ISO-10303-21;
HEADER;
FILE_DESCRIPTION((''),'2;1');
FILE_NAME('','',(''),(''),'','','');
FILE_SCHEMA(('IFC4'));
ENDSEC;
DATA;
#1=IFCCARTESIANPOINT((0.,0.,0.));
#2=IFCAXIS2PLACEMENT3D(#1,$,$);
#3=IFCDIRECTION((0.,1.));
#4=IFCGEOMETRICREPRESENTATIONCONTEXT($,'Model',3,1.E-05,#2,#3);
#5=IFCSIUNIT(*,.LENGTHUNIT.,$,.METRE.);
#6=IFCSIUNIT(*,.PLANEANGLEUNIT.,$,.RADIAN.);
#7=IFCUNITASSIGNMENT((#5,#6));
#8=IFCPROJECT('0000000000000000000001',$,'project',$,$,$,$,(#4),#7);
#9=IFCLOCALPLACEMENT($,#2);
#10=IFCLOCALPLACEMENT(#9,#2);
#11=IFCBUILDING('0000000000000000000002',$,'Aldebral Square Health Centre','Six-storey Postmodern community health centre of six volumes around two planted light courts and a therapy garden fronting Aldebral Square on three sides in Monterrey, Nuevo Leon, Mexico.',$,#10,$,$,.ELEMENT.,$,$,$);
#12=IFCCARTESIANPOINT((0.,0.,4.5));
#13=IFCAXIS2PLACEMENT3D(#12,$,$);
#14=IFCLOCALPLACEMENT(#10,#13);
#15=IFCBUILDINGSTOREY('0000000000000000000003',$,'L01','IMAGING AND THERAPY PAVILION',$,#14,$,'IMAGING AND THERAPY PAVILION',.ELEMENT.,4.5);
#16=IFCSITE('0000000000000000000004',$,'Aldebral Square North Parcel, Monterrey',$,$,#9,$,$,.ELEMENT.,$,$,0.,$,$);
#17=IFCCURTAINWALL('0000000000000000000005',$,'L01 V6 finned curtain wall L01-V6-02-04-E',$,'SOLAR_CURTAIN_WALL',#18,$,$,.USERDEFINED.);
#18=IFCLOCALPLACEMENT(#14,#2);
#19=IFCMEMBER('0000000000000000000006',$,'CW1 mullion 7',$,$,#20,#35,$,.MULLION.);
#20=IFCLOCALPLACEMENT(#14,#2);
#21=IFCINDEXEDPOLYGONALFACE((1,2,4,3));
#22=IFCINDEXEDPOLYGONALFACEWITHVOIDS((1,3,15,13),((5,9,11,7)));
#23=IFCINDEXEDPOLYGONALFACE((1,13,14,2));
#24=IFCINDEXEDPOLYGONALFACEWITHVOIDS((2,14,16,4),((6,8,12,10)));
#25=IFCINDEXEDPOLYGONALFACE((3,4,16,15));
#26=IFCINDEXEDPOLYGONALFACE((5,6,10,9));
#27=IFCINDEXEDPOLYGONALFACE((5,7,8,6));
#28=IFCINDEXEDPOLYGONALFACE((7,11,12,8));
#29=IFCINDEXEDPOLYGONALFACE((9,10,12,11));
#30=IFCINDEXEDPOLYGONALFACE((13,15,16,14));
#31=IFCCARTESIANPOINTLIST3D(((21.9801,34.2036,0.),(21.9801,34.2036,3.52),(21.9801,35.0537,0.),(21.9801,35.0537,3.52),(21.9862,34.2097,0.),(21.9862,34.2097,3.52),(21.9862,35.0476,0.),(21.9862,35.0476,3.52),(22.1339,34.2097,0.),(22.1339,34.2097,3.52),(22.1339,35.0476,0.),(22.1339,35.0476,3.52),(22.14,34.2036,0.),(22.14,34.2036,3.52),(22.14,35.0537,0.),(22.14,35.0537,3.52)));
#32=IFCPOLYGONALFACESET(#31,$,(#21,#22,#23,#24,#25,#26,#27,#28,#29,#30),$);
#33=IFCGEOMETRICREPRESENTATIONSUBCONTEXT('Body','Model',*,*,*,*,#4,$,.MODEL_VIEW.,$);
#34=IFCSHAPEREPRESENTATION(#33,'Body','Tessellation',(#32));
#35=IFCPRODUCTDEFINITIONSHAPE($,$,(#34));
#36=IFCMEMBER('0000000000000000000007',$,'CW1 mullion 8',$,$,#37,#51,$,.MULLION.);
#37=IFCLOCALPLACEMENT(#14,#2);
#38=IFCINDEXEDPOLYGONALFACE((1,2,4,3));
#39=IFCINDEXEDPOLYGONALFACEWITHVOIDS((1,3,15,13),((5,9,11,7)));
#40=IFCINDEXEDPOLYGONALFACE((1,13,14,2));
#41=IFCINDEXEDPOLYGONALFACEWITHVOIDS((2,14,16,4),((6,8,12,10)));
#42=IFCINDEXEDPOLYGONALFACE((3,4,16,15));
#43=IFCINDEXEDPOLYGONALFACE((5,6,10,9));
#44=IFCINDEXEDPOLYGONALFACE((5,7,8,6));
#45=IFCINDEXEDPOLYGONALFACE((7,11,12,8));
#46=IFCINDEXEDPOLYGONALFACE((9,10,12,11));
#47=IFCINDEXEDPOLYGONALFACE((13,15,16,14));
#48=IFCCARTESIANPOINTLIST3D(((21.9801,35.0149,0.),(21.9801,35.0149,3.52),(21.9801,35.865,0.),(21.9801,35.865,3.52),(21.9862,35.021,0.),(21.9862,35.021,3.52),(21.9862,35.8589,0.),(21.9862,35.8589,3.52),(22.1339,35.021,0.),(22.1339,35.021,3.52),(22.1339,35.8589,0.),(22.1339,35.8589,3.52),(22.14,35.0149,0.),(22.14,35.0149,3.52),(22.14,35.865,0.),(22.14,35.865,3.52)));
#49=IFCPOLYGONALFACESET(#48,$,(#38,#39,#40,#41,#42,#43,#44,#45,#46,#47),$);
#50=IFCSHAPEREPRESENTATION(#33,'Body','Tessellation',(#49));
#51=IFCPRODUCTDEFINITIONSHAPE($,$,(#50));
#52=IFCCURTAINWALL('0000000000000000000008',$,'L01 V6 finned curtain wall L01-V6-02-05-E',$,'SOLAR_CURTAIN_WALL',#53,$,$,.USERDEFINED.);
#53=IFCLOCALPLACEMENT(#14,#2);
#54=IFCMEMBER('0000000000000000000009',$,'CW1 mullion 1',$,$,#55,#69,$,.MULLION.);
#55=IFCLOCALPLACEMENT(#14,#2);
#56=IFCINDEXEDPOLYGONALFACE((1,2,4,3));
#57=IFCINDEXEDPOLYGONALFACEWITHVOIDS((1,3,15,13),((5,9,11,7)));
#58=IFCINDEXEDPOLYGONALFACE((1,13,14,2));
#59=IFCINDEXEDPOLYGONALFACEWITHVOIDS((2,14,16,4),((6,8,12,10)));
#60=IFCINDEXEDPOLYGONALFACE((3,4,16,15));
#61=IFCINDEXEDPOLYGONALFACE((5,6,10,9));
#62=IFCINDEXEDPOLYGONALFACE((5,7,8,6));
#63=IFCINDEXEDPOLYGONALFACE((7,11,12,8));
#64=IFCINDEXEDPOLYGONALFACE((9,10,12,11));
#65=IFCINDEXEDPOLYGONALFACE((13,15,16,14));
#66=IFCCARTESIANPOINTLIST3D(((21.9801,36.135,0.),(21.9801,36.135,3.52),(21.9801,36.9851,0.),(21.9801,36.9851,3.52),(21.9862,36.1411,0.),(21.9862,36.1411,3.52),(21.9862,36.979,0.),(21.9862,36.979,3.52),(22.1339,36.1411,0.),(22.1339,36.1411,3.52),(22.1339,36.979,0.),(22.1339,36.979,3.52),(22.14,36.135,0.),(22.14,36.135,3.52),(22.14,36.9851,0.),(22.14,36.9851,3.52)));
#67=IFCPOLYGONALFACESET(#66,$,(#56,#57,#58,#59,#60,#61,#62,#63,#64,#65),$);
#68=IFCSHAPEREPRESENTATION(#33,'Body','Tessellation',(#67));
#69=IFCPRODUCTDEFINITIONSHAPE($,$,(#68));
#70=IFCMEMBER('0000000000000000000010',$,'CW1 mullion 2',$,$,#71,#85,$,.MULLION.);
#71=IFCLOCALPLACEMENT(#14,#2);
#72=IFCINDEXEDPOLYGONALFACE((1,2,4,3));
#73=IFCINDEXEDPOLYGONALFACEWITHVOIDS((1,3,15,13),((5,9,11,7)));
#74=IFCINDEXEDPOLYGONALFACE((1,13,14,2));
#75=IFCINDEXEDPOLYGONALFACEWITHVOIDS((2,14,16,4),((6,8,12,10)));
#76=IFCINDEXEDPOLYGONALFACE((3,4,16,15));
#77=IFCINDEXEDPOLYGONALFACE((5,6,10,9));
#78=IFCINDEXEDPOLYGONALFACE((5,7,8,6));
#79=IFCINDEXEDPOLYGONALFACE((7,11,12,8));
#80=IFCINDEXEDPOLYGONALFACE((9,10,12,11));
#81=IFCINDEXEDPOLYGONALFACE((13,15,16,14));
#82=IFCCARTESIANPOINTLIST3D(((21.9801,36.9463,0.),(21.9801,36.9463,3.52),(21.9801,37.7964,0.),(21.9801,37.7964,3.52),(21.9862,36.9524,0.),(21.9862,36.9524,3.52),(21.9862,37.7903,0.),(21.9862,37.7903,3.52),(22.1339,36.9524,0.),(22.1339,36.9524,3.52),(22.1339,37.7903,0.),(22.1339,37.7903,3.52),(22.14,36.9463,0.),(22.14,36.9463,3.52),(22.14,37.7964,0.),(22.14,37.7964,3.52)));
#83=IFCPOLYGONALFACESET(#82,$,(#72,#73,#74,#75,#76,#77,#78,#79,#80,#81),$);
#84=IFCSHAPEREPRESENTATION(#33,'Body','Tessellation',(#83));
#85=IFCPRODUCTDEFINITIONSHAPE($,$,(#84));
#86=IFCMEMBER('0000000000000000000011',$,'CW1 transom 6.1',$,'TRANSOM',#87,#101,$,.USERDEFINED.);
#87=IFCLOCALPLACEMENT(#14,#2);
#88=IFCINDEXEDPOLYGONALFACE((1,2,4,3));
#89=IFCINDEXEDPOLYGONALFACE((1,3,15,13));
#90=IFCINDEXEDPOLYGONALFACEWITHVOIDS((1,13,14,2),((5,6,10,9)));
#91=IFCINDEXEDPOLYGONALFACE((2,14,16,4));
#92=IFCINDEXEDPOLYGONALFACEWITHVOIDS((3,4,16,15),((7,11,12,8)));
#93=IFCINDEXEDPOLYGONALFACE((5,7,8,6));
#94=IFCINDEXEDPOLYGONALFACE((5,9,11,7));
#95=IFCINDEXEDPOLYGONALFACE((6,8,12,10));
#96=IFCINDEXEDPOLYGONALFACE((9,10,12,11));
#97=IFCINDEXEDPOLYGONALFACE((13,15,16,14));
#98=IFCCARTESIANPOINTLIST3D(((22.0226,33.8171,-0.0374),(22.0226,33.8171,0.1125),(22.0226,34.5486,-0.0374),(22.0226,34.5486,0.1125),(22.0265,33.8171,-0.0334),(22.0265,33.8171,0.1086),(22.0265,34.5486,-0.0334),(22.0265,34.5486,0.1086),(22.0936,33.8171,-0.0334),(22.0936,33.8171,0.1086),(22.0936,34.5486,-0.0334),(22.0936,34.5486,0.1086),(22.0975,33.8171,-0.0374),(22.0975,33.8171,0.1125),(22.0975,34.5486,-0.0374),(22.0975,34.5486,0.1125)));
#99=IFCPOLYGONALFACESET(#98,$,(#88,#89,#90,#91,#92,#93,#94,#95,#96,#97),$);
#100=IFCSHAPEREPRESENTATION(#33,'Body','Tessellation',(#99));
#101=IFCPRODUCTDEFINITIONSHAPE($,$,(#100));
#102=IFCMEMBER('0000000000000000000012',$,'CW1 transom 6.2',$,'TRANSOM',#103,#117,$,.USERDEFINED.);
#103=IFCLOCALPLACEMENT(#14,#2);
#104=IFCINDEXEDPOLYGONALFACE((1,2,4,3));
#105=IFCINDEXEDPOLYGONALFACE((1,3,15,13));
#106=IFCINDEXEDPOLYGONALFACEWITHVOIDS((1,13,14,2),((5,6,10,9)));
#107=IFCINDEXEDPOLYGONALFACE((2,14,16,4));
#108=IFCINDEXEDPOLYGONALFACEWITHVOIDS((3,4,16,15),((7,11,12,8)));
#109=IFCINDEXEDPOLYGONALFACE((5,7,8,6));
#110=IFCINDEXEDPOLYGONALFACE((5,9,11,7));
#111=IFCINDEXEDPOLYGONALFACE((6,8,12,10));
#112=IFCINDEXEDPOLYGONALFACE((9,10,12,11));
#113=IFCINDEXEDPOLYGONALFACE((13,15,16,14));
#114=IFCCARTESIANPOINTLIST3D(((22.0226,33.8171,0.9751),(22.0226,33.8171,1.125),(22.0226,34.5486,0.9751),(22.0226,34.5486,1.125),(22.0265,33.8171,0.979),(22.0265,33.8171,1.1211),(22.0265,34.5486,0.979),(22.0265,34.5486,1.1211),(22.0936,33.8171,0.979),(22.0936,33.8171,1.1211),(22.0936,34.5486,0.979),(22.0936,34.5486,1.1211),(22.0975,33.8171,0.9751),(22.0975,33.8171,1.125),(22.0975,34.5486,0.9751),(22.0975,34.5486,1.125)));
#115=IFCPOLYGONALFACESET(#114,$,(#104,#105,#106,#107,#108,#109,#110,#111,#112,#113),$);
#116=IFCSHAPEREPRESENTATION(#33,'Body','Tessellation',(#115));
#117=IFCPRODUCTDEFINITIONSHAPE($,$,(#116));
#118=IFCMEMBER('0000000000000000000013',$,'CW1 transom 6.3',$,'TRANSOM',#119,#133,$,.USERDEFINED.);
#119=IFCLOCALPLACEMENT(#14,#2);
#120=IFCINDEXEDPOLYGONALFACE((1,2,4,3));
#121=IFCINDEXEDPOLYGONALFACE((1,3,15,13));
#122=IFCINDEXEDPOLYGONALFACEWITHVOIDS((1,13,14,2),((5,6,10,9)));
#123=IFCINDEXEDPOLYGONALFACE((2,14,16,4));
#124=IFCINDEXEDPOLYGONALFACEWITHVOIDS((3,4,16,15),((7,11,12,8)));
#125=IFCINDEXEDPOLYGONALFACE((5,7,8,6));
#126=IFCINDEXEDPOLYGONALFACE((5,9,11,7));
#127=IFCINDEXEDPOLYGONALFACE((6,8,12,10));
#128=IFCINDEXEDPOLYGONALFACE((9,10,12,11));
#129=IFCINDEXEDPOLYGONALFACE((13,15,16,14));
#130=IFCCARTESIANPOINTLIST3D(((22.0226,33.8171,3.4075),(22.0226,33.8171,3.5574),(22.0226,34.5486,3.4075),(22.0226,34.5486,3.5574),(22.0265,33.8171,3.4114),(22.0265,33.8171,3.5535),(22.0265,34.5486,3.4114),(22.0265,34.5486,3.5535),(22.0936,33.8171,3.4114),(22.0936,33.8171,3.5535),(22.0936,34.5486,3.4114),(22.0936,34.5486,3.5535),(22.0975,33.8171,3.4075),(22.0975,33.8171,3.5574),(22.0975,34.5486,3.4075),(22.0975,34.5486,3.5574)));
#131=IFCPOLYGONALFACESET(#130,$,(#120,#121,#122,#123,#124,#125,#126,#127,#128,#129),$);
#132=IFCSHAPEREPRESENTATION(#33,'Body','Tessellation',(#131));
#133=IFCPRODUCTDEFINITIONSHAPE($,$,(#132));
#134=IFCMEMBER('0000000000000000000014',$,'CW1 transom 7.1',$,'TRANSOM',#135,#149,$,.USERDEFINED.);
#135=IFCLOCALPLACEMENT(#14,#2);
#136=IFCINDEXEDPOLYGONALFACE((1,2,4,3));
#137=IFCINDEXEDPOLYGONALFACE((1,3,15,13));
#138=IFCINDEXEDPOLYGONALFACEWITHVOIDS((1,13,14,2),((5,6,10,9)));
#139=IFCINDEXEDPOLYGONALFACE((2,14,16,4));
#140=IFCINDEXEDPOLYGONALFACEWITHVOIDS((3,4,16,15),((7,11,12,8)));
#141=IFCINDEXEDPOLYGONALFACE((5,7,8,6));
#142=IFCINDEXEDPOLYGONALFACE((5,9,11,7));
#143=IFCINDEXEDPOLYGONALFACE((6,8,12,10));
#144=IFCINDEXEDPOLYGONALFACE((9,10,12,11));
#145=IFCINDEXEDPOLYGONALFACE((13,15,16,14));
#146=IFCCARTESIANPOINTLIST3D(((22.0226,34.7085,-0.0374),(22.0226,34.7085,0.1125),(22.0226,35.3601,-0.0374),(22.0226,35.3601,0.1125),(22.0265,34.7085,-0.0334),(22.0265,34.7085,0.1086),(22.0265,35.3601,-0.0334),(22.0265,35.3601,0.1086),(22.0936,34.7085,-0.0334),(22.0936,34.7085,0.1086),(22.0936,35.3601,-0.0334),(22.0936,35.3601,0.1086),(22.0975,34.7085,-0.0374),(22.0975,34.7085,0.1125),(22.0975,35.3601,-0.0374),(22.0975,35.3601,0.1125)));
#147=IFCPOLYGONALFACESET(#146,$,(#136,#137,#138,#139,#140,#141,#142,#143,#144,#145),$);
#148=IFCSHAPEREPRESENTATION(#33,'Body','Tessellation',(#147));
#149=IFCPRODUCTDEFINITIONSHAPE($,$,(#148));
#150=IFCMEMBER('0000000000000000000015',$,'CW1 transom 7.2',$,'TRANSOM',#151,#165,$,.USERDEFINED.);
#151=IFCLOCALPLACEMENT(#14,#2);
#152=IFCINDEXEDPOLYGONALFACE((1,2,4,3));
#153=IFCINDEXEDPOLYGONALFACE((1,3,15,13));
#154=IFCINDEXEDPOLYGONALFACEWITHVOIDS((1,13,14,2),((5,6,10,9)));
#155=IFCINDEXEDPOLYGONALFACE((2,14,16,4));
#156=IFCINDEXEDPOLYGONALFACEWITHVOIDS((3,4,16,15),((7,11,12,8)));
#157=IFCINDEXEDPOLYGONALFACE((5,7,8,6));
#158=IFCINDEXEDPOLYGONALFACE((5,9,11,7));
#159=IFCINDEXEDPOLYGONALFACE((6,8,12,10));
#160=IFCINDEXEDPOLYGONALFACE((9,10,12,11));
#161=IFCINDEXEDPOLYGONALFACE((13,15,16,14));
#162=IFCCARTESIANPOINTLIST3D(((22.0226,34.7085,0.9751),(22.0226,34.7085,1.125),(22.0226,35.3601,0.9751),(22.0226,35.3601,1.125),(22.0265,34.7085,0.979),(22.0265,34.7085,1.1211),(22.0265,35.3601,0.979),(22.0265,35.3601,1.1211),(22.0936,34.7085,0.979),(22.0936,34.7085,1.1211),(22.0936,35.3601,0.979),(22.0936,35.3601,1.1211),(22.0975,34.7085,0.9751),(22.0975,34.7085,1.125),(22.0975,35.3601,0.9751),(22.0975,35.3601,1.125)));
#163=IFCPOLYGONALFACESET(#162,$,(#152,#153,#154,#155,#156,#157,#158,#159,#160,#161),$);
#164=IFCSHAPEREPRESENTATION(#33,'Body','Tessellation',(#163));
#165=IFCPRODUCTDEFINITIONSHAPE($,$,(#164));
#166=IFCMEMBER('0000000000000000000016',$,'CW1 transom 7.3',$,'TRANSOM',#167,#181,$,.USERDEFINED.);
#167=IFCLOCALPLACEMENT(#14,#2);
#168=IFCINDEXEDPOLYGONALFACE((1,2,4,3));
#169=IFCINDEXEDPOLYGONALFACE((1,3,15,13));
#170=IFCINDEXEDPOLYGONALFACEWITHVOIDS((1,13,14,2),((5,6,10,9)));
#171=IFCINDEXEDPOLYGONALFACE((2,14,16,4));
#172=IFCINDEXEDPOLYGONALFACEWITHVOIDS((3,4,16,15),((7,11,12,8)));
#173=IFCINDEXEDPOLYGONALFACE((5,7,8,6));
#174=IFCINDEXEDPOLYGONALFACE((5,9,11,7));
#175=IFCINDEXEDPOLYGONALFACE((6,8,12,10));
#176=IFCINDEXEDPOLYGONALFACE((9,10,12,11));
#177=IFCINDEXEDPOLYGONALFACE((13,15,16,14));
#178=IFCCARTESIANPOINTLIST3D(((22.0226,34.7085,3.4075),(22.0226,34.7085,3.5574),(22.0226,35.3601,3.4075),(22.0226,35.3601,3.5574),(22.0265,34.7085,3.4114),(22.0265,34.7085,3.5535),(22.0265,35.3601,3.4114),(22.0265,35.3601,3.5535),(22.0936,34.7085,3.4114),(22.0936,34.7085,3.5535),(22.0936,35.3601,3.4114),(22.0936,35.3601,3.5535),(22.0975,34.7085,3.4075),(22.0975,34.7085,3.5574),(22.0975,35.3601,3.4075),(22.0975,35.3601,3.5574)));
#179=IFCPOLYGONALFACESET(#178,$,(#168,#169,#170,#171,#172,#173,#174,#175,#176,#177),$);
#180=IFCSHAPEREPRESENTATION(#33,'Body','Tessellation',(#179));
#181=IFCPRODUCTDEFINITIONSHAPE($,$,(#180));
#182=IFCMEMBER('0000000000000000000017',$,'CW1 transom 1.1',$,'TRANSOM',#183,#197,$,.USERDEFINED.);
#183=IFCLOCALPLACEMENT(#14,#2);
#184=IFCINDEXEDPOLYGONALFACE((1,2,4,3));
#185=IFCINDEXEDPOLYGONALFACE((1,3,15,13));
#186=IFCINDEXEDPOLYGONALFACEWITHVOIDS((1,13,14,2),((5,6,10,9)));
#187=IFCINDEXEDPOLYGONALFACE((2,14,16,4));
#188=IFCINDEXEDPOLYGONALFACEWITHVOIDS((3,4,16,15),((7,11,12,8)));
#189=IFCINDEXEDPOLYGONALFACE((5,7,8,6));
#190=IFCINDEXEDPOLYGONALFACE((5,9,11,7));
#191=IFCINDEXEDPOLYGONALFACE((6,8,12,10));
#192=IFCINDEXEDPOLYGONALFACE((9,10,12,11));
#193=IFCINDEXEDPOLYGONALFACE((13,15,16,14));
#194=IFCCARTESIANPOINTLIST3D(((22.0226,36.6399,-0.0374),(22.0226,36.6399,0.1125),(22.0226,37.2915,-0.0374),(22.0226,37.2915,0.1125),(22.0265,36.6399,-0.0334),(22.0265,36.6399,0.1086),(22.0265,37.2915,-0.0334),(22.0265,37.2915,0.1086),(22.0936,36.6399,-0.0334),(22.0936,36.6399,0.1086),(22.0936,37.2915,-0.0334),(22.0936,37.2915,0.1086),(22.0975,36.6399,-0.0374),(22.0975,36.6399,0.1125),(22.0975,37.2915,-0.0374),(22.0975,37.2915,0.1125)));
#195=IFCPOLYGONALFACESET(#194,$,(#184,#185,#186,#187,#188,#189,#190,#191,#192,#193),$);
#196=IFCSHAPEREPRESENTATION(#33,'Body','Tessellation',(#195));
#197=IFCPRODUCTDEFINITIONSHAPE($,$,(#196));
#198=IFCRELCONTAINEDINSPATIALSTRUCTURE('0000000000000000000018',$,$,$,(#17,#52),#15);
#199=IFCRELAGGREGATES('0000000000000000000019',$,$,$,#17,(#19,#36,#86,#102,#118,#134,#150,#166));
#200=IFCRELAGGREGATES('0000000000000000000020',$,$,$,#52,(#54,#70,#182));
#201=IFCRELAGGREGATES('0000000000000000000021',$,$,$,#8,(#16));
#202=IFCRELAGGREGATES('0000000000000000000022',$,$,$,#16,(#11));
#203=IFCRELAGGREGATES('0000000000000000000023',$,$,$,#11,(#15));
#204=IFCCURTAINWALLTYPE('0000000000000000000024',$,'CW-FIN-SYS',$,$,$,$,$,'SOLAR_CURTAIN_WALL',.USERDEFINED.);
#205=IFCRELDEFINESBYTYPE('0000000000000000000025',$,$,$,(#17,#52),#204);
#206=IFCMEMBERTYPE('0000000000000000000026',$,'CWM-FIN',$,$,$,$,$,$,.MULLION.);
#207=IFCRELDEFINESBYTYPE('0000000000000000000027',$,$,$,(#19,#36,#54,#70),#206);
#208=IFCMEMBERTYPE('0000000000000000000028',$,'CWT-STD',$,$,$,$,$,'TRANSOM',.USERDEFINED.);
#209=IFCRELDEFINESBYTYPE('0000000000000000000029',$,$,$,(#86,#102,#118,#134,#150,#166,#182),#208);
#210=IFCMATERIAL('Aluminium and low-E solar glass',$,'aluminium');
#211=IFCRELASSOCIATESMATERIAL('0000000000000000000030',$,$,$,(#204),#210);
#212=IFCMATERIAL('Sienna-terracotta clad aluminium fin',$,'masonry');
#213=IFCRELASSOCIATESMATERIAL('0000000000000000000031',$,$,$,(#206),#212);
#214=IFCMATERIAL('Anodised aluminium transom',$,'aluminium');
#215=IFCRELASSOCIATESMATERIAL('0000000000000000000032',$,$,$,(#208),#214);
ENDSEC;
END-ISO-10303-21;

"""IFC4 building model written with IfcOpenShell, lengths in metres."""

from ifc_helpers import new_model, si_unit, direction, frame, origin, origin_2d, place, context, subcontext, project, spatial, hollow_rectangle, extrude, material, material_profile, profile_set, type_object, element, aggregate, save


model = new_model("IFC4")

# Units and contexts
model_context = context("Model", 3, precision=1e-05, world=origin(), true_north=direction((0.0, 1.0)))
body_context = subcontext(model_context, "Body", "Model", "MODEL_VIEW")
ifc_project = project(units=[si_unit("LENGTHUNIT", "METRE"), si_unit("PLANEANGLEUNIT", "RADIAN")], contexts=[model_context])

# Site, building, storey
site_placement = place(None, origin())
site = spatial("IfcSite", under=ifc_project, at=site_placement, Name="Aldebral Square North Parcel, Monterrey", CompositionType="ELEMENT", RefElevation=0.0)
building_placement = place(site_placement, origin())
building = spatial("IfcBuilding", under=site, at=building_placement, Name="Aldebral Square Health Centre", Description="Six-storey Postmodern community health centre of six volumes around two planted light courts and a therapy garden fronting Aldebral Square on three sides in Monterrey, Nuevo Leon, Mexico.", CompositionType="ELEMENT")
storey_placement = place(building_placement, frame((0.0, 0.0, 4.5)))
storey = spatial("IfcBuildingStorey", under=building, at=storey_placement, Name="L01", Description="IMAGING AND THERAPY PAVILION", LongName="IMAGING AND THERAPY PAVILION", CompositionType="ELEMENT", Elevation=4.5)

# Curtain walls, members
ifc_material_1 = material(Name="Aluminium and low-E solar glass", Category="aluminium")
curtain_wall_type = type_object("IfcCurtainWallType", Name="CW-FIN-SYS", ElementType="SOLAR_CURTAIN_WALL", PredefinedType="USERDEFINED", material=ifc_material_1)
curtain_wall_1_placement = place(storey_placement, origin())
curtain_wall_1 = element("IfcCurtainWall", 1, at=curtain_wall_1_placement, inside=storey, type_object=curtain_wall_type, Name="L01 V6 finned curtain wall L01-V6-02-04-E", ObjectType="SOLAR_CURTAIN_WALL", PredefinedType="USERDEFINED")
ifc_material_2 = material(Name="Sienna-terracotta clad aluminium fin", Category="masonry")
ifc_material_profile_1 = material_profile(ifc_material_2, hollow_rectangle(XDim=0.1599, YDim=0.8501, WallThickness=0.0061, at=origin_2d()), Name="FIN 160x850x6")
ifc_profile_set_1 = profile_set([ifc_material_profile_1], Name="Sienna-terracotta clad aluminium fin")
member_type_1 = type_object("IfcMemberType", Name="CWM-FIN", PredefinedType="MULLION", material=ifc_profile_set_1)
member_1_placement = place(storey_placement, frame((22.0601, 34.6287, 0.0), z_axis=(0.0, 0.0, 1.0), x_axis=(-1.0, 0.0, 0.0)))
member_1 = element("IfcMember", 2, at=member_1_placement, type_object=member_type_1, Name="CW1 mullion 7", PredefinedType="MULLION", context=body_context, shape_type="SweptSolid", body=[
    extrude(hollow_rectangle(XDim=0.1599, YDim=0.8501, WallThickness=0.0061, at=origin_2d()), origin(), (0.0, 0.0, 1.0), 3.52),
])
member_2_placement = place(storey_placement, frame((22.0601, 35.4399, 0.0), z_axis=(0.0, 0.0, 1.0), x_axis=(-1.0, 0.0, 0.0)))
member_2 = element("IfcMember", 3, at=member_2_placement, type_object=member_type_1, Name="CW1 mullion 8", PredefinedType="MULLION", context=body_context, shape_type="SweptSolid", body=[
    extrude(hollow_rectangle(XDim=0.1599, YDim=0.8501, WallThickness=0.0061, at=origin_2d()), origin(), (0.0, 0.0, 1.0), 3.52),
])
curtain_wall_2_placement = place(storey_placement, origin())
curtain_wall_2 = element("IfcCurtainWall", 4, at=curtain_wall_2_placement, inside=storey, type_object=curtain_wall_type, Name="L01 V6 finned curtain wall L01-V6-02-05-E", ObjectType="SOLAR_CURTAIN_WALL", PredefinedType="USERDEFINED")
member_3_placement = place(storey_placement, frame((22.0601, 36.5601, 0.0), z_axis=(0.0, 0.0, 1.0), x_axis=(-1.0, 0.0, 0.0)))
member_3 = element("IfcMember", 5, at=member_3_placement, type_object=member_type_1, Name="CW1 mullion 1", PredefinedType="MULLION", context=body_context, shape_type="SweptSolid", body=[
    extrude(hollow_rectangle(XDim=0.1599, YDim=0.8501, WallThickness=0.0061, at=origin_2d()), origin(), (0.0, 0.0, 1.0), 3.52),
])
member_4_placement = place(storey_placement, frame((22.0601, 37.3713, 0.0), z_axis=(0.0, 0.0, 1.0), x_axis=(-1.0, 0.0, 0.0)))
member_4 = element("IfcMember", 6, at=member_4_placement, type_object=member_type_1, Name="CW1 mullion 2", PredefinedType="MULLION", context=body_context, shape_type="SweptSolid", body=[
    extrude(hollow_rectangle(XDim=0.1599, YDim=0.8501, WallThickness=0.0061, at=origin_2d()), origin(), (0.0, 0.0, 1.0), 3.52),
])

# Members
ifc_material_3 = material(Name="Anodised aluminium transom", Category="aluminium")
ifc_material_profile_2 = material_profile(ifc_material_3, hollow_rectangle(XDim=0.075, YDim=0.1499, WallThickness=0.0039, at=origin_2d()), Name="CWT 75x150x4")
ifc_profile_set_2 = profile_set([ifc_material_profile_2], Name="Anodised aluminium transom")
member_type_2 = type_object("IfcMemberType", Name="CWT-STD", ElementType="TRANSOM", PredefinedType="USERDEFINED", material=ifc_profile_set_2)
member_5_placement = place(storey_placement, frame((22.0601, 33.8171, 0.0376), z_axis=(0.0, 1.0, 0.0), x_axis=(-1.0, 0.0, 0.0)))
member_5 = element("IfcMember", 7, at=member_5_placement, type_object=member_type_2, Name="CW1 transom 6.1", ObjectType="TRANSOM", PredefinedType="USERDEFINED", context=body_context, shape_type="SweptSolid", body=[
    extrude(hollow_rectangle(XDim=0.075, YDim=0.1499, WallThickness=0.0039, at=origin_2d()), origin(), (0.0, 0.0, 1.0), 0.7314),
])
member_6_placement = place(storey_placement, frame((22.0601, 33.8171, 1.05), z_axis=(0.0, 1.0, 0.0), x_axis=(-1.0, 0.0, 0.0)))
member_6 = element("IfcMember", 8, at=member_6_placement, type_object=member_type_2, Name="CW1 transom 6.2", ObjectType="TRANSOM", PredefinedType="USERDEFINED", context=body_context, shape_type="SweptSolid", body=[
    extrude(hollow_rectangle(XDim=0.075, YDim=0.1499, WallThickness=0.0039, at=origin_2d()), origin(), (0.0, 0.0, 1.0), 0.7314),
])
member_7_placement = place(storey_placement, frame((22.0601, 33.8171, 3.4824), z_axis=(0.0, 1.0, 0.0), x_axis=(-1.0, 0.0, 0.0)))
member_7 = element("IfcMember", 9, at=member_7_placement, type_object=member_type_2, Name="CW1 transom 6.3", ObjectType="TRANSOM", PredefinedType="USERDEFINED", context=body_context, shape_type="SweptSolid", body=[
    extrude(hollow_rectangle(XDim=0.075, YDim=0.1499, WallThickness=0.0039, at=origin_2d()), origin(), (0.0, 0.0, 1.0), 0.7314),
])
member_8_placement = place(storey_placement, frame((22.0601, 34.7085, 0.0376), z_axis=(0.0, 1.0, 0.0), x_axis=(-1.0, 0.0, 0.0)))
member_8 = element("IfcMember", 10, at=member_8_placement, type_object=member_type_2, Name="CW1 transom 7.1", ObjectType="TRANSOM", PredefinedType="USERDEFINED", context=body_context, shape_type="SweptSolid", body=[
    extrude(hollow_rectangle(XDim=0.075, YDim=0.1499, WallThickness=0.0039, at=origin_2d()), origin(), (0.0, 0.0, 1.0), 0.6516),
])
member_9_placement = place(storey_placement, frame((22.0601, 34.7085, 1.05), z_axis=(0.0, 1.0, 0.0), x_axis=(-1.0, 0.0, 0.0)))
member_9 = element("IfcMember", 11, at=member_9_placement, type_object=member_type_2, Name="CW1 transom 7.2", ObjectType="TRANSOM", PredefinedType="USERDEFINED", context=body_context, shape_type="SweptSolid", body=[
    extrude(hollow_rectangle(XDim=0.075, YDim=0.1499, WallThickness=0.0039, at=origin_2d()), origin(), (0.0, 0.0, 1.0), 0.6516),
])
member_10_placement = place(storey_placement, frame((22.0601, 34.7085, 3.4824), z_axis=(0.0, 1.0, 0.0), x_axis=(-1.0, 0.0, 0.0)))
member_10 = element("IfcMember", 12, at=member_10_placement, type_object=member_type_2, Name="CW1 transom 7.3", ObjectType="TRANSOM", PredefinedType="USERDEFINED", context=body_context, shape_type="SweptSolid", body=[
    extrude(hollow_rectangle(XDim=0.075, YDim=0.1499, WallThickness=0.0039, at=origin_2d()), origin(), (0.0, 0.0, 1.0), 0.6516),
])
member_11_placement = place(storey_placement, frame((22.0601, 36.6399, 0.0376), z_axis=(0.0, 1.0, 0.0), x_axis=(-1.0, 0.0, 0.0)))
member_11 = element("IfcMember", 13, at=member_11_placement, type_object=member_type_2, Name="CW1 transom 1.1", ObjectType="TRANSOM", PredefinedType="USERDEFINED", context=body_context, shape_type="SweptSolid", body=[
    extrude(hollow_rectangle(XDim=0.075, YDim=0.1499, WallThickness=0.0039, at=origin_2d()), origin(), (0.0, 0.0, 1.0), 0.6516),
])

aggregate(curtain_wall_1, [member_1, member_2, member_5, member_6, member_7, member_8, member_9, member_10])
aggregate(curtain_wall_2, [member_3, member_4, member_11])

save(model, "model.ifc")
